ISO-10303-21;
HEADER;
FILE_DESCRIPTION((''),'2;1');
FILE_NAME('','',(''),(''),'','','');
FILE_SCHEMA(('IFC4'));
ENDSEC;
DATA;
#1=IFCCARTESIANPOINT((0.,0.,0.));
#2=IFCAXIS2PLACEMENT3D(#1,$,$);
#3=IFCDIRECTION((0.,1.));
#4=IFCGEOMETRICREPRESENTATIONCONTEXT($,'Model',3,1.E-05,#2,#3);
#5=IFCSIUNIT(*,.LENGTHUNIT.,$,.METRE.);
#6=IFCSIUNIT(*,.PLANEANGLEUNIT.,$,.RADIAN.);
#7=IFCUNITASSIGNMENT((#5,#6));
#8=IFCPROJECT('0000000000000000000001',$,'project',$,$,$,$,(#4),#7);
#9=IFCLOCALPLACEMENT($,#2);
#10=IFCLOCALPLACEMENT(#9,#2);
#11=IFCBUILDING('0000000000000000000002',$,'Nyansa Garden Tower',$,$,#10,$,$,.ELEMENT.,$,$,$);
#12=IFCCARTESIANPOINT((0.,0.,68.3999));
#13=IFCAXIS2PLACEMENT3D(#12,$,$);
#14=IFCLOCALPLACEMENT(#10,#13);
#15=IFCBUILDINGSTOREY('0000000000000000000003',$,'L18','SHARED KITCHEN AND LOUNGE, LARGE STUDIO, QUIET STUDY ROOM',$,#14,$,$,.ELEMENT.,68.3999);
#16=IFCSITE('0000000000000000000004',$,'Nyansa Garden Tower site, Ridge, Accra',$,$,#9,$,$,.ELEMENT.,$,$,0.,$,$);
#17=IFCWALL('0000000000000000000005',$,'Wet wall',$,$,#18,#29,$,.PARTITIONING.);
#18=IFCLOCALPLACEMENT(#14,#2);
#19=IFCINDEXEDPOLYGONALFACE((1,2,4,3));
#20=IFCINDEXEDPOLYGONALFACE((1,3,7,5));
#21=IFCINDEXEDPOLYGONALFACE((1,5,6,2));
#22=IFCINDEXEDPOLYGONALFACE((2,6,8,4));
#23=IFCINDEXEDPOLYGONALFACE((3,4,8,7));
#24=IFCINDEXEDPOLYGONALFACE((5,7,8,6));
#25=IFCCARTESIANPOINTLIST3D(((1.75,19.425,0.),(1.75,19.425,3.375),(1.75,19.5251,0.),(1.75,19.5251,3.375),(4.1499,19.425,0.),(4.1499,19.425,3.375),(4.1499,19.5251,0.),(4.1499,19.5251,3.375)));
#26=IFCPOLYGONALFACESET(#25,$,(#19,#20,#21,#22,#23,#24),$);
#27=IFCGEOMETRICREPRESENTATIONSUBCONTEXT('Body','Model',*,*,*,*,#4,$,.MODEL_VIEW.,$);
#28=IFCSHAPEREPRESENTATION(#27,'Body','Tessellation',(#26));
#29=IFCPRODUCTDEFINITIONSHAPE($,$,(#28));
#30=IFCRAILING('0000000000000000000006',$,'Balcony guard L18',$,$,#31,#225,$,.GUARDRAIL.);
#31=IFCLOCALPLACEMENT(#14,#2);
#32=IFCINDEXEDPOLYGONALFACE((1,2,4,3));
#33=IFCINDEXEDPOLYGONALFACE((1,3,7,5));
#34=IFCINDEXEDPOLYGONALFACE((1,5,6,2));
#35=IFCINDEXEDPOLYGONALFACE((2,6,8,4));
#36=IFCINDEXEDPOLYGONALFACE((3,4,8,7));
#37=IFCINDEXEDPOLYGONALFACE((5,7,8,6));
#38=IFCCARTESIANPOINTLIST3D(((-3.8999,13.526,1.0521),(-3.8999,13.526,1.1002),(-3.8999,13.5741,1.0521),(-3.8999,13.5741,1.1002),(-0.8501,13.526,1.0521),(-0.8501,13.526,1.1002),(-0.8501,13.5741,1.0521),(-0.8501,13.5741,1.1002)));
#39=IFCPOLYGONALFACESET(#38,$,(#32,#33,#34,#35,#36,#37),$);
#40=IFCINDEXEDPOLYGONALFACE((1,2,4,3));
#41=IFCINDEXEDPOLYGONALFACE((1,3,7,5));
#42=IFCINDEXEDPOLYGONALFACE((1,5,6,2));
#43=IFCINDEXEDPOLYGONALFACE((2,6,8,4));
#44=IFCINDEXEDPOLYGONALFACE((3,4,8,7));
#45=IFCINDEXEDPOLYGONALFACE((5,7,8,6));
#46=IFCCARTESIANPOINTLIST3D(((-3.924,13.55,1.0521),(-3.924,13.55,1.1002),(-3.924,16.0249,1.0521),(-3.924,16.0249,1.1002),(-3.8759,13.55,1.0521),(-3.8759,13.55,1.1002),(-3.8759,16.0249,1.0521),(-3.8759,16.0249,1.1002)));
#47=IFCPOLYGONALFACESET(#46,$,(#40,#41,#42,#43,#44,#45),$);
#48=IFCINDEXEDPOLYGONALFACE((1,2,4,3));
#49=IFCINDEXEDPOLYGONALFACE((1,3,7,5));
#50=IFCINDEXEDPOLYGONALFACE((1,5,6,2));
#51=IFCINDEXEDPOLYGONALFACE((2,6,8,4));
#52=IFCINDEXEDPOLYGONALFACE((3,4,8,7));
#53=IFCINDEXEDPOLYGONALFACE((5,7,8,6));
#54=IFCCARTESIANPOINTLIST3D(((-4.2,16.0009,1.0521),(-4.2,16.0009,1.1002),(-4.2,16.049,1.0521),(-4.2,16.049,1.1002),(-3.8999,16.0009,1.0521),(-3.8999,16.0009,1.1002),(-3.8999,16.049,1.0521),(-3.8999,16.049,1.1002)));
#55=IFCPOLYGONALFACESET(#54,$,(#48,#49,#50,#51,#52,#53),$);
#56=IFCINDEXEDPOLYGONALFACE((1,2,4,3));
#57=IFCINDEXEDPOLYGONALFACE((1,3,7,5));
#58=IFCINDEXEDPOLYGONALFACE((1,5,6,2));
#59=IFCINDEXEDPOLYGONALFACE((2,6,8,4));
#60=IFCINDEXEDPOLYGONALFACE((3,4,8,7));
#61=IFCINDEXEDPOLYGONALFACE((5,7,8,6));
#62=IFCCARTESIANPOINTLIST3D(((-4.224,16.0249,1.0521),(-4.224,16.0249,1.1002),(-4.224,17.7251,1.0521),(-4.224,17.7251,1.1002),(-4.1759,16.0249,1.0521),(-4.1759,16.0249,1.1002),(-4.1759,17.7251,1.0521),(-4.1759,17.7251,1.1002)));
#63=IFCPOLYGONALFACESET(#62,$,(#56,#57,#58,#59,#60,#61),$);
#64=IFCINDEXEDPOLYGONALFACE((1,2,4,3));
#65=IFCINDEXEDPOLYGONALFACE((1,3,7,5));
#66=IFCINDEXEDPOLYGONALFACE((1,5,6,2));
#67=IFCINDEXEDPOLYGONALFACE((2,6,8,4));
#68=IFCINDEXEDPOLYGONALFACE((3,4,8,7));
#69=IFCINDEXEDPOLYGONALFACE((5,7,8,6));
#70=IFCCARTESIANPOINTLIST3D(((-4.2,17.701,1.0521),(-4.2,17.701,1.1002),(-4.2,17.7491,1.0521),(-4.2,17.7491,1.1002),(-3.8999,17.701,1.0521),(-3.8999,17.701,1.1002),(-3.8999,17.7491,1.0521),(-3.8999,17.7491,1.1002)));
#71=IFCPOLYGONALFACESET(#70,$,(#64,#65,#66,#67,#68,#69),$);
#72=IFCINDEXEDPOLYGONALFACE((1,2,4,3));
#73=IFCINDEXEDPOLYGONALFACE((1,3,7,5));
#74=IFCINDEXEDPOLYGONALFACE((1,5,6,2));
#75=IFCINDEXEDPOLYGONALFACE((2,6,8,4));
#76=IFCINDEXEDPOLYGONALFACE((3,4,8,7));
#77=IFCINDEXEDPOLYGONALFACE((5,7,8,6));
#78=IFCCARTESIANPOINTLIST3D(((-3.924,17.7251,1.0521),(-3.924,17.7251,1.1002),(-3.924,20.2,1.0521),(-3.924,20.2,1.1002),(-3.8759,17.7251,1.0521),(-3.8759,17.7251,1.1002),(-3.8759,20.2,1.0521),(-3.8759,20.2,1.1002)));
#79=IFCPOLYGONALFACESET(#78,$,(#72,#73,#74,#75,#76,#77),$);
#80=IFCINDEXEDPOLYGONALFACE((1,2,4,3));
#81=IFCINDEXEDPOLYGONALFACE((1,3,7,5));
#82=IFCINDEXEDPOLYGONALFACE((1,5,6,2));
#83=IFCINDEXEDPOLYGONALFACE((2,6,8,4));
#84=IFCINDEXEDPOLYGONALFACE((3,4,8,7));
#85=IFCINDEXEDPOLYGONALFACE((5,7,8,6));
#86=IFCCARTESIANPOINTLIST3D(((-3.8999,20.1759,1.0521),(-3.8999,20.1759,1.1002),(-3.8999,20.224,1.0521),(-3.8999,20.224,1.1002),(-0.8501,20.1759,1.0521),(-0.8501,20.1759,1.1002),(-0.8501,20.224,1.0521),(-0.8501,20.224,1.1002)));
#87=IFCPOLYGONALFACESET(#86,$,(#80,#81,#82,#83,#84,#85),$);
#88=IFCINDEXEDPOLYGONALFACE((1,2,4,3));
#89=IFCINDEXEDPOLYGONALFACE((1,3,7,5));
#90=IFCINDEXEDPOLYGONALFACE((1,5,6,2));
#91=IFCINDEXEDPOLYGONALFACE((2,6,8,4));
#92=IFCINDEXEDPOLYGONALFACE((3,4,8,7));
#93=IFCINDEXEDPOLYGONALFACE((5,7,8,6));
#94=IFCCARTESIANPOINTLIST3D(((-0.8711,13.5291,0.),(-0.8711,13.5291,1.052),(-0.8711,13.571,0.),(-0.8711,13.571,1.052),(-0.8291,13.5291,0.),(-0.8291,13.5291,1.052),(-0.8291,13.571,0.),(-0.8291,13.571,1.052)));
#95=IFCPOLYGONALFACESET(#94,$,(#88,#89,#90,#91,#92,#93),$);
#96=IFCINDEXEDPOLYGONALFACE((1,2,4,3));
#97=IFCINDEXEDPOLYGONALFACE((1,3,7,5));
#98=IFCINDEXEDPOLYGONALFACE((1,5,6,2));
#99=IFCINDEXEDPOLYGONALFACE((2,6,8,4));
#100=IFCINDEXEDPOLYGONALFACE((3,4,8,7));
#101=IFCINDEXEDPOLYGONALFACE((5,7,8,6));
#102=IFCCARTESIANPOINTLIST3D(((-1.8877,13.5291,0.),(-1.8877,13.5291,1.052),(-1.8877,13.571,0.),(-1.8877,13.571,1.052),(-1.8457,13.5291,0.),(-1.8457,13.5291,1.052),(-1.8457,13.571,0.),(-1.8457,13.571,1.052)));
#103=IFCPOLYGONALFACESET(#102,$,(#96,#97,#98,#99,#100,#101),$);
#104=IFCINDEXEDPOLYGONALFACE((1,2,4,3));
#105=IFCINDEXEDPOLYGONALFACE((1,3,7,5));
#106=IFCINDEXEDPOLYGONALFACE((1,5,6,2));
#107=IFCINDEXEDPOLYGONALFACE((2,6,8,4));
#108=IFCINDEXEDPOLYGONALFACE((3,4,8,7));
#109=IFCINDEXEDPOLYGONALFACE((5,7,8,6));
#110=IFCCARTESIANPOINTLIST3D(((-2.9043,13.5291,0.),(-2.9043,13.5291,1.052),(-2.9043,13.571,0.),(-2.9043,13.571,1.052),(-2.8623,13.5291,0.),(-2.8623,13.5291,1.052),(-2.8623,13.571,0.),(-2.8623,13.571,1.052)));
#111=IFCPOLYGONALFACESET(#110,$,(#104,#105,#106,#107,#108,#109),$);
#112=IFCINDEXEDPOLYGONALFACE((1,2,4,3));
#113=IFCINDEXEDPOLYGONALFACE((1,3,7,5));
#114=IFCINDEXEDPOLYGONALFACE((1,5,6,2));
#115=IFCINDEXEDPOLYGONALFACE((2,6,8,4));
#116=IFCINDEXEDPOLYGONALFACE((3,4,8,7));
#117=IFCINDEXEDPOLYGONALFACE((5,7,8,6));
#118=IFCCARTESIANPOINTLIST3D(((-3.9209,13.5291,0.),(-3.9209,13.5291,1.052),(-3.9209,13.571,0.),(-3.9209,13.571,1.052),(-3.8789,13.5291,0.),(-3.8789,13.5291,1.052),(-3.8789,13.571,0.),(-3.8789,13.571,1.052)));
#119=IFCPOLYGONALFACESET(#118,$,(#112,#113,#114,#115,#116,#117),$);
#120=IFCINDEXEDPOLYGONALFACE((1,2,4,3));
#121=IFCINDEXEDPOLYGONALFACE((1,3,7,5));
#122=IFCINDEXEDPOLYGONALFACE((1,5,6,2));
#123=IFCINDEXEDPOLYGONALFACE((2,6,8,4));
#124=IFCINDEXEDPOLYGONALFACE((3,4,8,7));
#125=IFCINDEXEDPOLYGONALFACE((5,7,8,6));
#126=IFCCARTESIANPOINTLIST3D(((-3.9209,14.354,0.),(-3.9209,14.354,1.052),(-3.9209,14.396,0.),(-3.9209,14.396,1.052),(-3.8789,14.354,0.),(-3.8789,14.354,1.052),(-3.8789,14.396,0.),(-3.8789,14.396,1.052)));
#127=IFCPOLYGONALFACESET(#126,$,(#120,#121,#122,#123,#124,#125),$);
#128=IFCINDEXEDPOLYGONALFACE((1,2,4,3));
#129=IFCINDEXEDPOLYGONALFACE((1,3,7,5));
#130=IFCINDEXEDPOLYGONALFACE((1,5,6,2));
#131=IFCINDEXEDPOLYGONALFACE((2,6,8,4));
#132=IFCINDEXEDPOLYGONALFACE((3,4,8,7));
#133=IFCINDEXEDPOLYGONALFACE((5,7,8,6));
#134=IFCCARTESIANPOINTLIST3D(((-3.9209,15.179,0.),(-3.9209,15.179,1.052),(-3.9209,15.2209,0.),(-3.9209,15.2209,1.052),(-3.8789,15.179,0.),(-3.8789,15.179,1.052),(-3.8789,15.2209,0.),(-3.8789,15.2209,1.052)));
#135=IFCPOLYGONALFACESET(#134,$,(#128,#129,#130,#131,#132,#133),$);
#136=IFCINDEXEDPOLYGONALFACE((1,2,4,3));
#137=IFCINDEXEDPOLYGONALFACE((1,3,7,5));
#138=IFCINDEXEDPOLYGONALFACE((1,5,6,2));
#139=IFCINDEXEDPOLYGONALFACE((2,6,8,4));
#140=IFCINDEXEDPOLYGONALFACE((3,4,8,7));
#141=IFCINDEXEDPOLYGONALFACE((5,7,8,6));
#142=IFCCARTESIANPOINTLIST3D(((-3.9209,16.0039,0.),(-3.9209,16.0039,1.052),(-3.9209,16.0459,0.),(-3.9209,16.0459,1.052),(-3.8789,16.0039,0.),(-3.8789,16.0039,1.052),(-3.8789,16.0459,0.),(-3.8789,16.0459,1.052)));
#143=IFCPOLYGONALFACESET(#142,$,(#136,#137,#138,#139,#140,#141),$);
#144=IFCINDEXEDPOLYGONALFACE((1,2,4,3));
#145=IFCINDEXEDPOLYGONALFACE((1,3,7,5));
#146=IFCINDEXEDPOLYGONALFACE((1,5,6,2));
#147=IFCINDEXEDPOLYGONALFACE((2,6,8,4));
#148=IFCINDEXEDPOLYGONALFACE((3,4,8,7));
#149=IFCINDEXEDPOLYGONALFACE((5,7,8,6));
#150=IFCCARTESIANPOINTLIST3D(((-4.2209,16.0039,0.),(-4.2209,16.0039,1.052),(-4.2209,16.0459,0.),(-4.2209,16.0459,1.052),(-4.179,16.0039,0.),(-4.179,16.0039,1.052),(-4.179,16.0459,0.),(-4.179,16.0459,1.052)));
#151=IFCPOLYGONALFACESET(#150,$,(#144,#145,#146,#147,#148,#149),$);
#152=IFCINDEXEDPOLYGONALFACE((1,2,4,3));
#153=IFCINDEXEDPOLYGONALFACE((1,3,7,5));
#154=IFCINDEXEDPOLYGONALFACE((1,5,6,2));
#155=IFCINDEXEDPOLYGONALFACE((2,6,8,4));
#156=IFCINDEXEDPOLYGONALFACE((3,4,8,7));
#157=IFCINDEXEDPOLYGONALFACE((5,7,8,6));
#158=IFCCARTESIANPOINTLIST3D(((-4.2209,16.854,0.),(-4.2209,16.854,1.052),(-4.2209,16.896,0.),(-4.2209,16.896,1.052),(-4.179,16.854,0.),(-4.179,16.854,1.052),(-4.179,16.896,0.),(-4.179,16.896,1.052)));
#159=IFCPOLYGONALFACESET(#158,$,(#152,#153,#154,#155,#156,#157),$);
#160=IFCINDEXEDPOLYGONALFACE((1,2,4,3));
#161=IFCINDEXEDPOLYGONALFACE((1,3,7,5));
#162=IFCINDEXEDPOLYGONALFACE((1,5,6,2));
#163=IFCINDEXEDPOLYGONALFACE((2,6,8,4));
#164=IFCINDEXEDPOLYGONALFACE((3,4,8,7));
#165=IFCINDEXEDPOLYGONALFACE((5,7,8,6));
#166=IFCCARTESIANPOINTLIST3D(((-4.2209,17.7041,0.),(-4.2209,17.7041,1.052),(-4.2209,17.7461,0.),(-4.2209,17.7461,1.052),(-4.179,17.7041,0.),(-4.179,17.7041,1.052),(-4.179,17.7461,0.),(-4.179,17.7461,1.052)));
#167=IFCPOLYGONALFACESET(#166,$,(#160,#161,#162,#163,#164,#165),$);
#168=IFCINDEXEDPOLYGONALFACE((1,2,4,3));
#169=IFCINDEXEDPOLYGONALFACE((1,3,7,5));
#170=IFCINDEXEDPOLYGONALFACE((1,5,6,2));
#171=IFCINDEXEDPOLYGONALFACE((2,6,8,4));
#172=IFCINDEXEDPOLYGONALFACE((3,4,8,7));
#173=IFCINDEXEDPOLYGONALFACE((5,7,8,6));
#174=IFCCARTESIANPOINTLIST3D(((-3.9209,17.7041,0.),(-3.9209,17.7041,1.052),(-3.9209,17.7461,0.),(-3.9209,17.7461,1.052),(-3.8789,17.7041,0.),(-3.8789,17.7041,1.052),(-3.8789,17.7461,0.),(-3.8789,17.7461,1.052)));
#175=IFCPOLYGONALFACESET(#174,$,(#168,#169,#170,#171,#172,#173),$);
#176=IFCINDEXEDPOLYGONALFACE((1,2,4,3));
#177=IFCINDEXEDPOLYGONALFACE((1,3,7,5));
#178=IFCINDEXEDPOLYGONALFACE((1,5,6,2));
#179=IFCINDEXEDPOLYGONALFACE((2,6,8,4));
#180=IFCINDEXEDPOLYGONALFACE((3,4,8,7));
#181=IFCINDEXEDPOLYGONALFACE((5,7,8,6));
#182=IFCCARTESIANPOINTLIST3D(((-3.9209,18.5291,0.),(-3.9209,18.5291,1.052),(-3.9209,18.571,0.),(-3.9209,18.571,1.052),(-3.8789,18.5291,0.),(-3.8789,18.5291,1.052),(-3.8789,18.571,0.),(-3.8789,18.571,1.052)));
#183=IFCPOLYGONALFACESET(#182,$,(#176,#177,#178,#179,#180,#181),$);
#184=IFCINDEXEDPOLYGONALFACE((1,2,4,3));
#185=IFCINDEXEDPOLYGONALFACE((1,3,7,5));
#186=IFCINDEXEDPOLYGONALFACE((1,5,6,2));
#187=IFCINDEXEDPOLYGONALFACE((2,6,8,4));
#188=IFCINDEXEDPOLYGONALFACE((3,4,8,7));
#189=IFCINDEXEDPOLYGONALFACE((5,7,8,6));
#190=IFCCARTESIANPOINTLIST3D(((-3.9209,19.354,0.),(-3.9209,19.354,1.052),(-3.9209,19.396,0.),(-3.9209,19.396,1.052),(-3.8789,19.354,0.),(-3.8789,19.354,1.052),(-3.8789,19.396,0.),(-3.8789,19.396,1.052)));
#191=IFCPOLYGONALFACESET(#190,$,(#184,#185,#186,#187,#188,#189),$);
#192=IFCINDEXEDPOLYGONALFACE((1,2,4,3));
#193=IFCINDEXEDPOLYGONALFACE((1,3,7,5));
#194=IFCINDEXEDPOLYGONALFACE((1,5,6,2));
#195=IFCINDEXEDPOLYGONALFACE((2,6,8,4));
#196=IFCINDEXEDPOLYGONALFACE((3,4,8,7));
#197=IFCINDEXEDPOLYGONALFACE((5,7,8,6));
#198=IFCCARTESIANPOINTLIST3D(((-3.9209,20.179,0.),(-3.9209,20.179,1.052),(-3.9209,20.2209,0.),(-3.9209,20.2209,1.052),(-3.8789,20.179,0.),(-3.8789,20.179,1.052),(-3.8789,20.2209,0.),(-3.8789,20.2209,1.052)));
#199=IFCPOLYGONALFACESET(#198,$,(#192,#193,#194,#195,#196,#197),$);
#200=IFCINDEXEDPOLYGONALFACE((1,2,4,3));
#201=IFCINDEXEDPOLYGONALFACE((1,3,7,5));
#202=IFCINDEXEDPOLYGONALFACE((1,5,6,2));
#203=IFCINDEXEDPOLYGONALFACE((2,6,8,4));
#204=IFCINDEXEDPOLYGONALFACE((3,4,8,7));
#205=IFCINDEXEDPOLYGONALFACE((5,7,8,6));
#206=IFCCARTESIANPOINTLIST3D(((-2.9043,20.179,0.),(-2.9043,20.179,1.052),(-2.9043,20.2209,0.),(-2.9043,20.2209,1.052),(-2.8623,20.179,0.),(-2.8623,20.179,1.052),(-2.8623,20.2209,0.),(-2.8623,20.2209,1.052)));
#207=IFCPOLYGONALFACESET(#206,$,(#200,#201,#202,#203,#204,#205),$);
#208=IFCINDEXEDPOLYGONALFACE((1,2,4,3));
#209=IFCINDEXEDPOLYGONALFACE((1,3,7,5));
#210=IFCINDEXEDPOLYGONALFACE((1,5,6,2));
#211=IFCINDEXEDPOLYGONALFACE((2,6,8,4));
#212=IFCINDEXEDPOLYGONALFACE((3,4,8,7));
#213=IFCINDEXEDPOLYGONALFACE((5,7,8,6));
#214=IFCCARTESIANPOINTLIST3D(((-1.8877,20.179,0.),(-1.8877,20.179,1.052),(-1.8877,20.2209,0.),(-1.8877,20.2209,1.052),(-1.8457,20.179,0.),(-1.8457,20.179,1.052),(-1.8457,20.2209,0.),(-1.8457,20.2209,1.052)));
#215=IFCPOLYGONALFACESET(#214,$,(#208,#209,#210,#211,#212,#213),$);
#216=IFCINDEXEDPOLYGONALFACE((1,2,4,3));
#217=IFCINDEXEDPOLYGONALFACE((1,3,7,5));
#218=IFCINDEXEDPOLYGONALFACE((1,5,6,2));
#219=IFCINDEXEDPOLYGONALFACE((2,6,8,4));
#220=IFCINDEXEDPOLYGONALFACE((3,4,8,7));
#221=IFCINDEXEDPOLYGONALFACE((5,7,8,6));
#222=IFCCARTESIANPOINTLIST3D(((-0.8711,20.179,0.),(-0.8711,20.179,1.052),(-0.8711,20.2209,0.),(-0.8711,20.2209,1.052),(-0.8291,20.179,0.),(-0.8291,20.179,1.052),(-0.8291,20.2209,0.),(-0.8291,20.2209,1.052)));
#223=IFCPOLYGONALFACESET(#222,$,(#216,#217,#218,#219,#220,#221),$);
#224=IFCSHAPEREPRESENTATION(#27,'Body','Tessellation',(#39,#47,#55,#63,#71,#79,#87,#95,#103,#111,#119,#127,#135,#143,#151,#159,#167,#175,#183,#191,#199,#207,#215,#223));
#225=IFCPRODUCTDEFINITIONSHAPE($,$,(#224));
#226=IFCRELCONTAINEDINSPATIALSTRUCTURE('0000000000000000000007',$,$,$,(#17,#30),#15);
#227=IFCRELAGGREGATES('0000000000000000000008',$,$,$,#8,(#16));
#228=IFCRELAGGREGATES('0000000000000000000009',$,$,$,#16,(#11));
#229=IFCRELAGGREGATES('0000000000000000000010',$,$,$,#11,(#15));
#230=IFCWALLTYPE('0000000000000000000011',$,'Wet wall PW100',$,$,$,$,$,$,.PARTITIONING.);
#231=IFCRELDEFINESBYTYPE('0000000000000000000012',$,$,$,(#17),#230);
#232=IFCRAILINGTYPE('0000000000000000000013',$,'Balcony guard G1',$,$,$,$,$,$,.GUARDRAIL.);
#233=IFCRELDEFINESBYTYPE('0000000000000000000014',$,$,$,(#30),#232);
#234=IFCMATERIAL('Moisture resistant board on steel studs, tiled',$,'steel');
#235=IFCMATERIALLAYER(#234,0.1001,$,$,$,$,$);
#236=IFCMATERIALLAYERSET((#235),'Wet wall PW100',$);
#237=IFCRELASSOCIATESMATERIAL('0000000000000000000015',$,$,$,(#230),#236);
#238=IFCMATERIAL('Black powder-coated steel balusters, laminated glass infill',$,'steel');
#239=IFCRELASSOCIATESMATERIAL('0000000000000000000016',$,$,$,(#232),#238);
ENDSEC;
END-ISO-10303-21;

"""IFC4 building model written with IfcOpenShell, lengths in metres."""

from ifc_helpers import new_model, si_unit, direction, frame, frame_2d, origin, origin_2d, place, context, subcontext, project, spatial, rectangle, extrude, material, layer, layer_set, type_object, element, save


model = new_model("IFC4")

# Units and contexts
model_context = context("Model", 3, precision=1e-05, world=origin(), true_north=direction((0.0, 1.0)))
body_context = subcontext(model_context, "Body", "Model", "MODEL_VIEW")
ifc_project = project(units=[si_unit("LENGTHUNIT", "METRE"), si_unit("PLANEANGLEUNIT", "RADIAN")], contexts=[model_context])

# Site, building, storey
site_placement = place(None, origin())
site = spatial("IfcSite", under=ifc_project, at=site_placement, Name="Nyansa Garden Tower site, Ridge, Accra", CompositionType="ELEMENT", RefElevation=0.0)
building_placement = place(site_placement, origin())
building = spatial("IfcBuilding", under=site, at=building_placement, Name="Nyansa Garden Tower", CompositionType="ELEMENT")
storey_placement = place(building_placement, frame((0.0, 0.0, 68.3999)))
storey = spatial("IfcBuildingStorey", under=building, at=storey_placement, Name="L18", Description="SHARED KITCHEN AND LOUNGE, LARGE STUDIO, QUIET STUDY ROOM", CompositionType="ELEMENT", Elevation=68.3999)

# Wall
ifc_material_1 = material(Name="Moisture resistant board on steel studs, tiled", Category="steel")
ifc_layer_1 = layer(ifc_material_1, 0.1001)
ifc_layer_set_1 = layer_set([ifc_layer_1], Name="Wet wall PW100")
wall_type_1 = type_object("IfcWallType", Name="Wet wall PW100", PredefinedType="PARTITIONING", material=ifc_layer_set_1)
wall_1_placement = place(storey_placement, frame((1.75, 19.4751, 0.0), z_axis=(0.0, 0.0, 1.0), x_axis=(1.0, 0.0, 0.0)))
element("IfcWall", 1, at=wall_1_placement, inside=storey, type_object=wall_type_1, Name="Wet wall", PredefinedType="PARTITIONING", context=body_context, shape_type="SweptSolid", body=[
    extrude(rectangle(XDim=2.3999, YDim=0.1001, at=frame_2d((1.2, 0.0))), origin(), (0.0, 0.0, 1.0), 3.375),
])

# Railing
ifc_material_2 = material(Name="Black powder-coated steel balusters, laminated glass infill", Category="steel")
railing_type = type_object("IfcRailingType", Name="Balcony guard G1", PredefinedType="GUARDRAIL", material=ifc_material_2)
railing_placement = place(storey_placement, frame((-0.8501, 13.55, 0.0)))
element("IfcRailing", 2, at=railing_placement, inside=storey, type_object=railing_type, Name="Balcony guard L18", PredefinedType="GUARDRAIL", context=body_context, shape_type="SweptSolid", body=[
    extrude(rectangle(XDim=0.0481, YDim=0.0481, at=origin_2d()), frame((0.0, 0.0, 1.0762), z_axis=(-1.0, 0.0, 0.0), x_axis=(0.0, -1.0, 0.0)), (0.0, 0.0, 1.0), 3.0498),
    extrude(rectangle(XDim=0.0481, YDim=0.0481, at=origin_2d()), frame((-3.0498, 0.0, 1.0762), z_axis=(0.0, 1.0, 0.0), x_axis=(-1.0, 0.0, 0.0)), (0.0, 0.0, 1.0), 2.4749),
    extrude(rectangle(XDim=0.0481, YDim=0.0481, at=origin_2d()), frame((-3.0498, 2.4749, 1.0762), z_axis=(-1.0, 0.0, 0.0), x_axis=(0.0, -1.0, 0.0)), (0.0, 0.0, 1.0), 0.3),
    extrude(rectangle(XDim=0.0481, YDim=0.0481, at=origin_2d()), frame((-3.3499, 2.4749, 1.0762), z_axis=(0.0, 1.0, 0.0), x_axis=(-1.0, 0.0, 0.0)), (0.0, 0.0, 1.0), 1.7002),
    extrude(rectangle(XDim=0.0481, YDim=0.0481, at=origin_2d()), frame((-3.3499, 4.175, 1.0762), z_axis=(1.0, 0.0, 0.0), x_axis=(0.0, 1.0, 0.0)), (0.0, 0.0, 1.0), 0.3),
    extrude(rectangle(XDim=0.0481, YDim=0.0481, at=origin_2d()), frame((-3.0498, 4.175, 1.0762), z_axis=(0.0, 1.0, 0.0), x_axis=(-1.0, 0.0, 0.0)), (0.0, 0.0, 1.0), 2.4749),
    extrude(rectangle(XDim=0.0481, YDim=0.0481, at=origin_2d()), frame((-3.0498, 6.6499, 1.0762), z_axis=(1.0, 0.0, 0.0), x_axis=(0.0, 1.0, 0.0)), (0.0, 0.0, 1.0), 3.0498),
    extrude(rectangle(XDim=0.042, YDim=0.042, at=origin_2d()), origin(), (0.0, 0.0, 1.0), 1.052),
    extrude(rectangle(XDim=0.042, YDim=0.042, at=origin_2d()), frame((-1.0166, 0.0, 0.0)), (0.0, 0.0, 1.0), 1.052),
    extrude(rectangle(XDim=0.042, YDim=0.042, at=origin_2d()), frame((-2.0332, 0.0, 0.0)), (0.0, 0.0, 1.0), 1.052),
    extrude(rectangle(XDim=0.042, YDim=0.042, at=origin_2d()), frame((-3.0498, 0.0, 0.0)), (0.0, 0.0, 1.0), 1.052),
    extrude(rectangle(XDim=0.042, YDim=0.042, at=origin_2d()), frame((-3.0498, 0.825, 0.0)), (0.0, 0.0, 1.0), 1.052),
    extrude(rectangle(XDim=0.042, YDim=0.042, at=origin_2d()), frame((-3.0498, 1.6499, 0.0)), (0.0, 0.0, 1.0), 1.052),
    extrude(rectangle(XDim=0.042, YDim=0.042, at=origin_2d()), frame((-3.0498, 2.4749, 0.0)), (0.0, 0.0, 1.0), 1.052),
    extrude(rectangle(XDim=0.042, YDim=0.042, at=origin_2d()), frame((-3.3499, 2.4749, 0.0)), (0.0, 0.0, 1.0), 1.052),
    extrude(rectangle(XDim=0.042, YDim=0.042, at=origin_2d()), frame((-3.3499, 3.325, 0.0)), (0.0, 0.0, 1.0), 1.052),
    extrude(rectangle(XDim=0.042, YDim=0.042, at=origin_2d()), frame((-3.3499, 4.175, 0.0)), (0.0, 0.0, 1.0), 1.052),
    extrude(rectangle(XDim=0.042, YDim=0.042, at=origin_2d()), frame((-3.0498, 4.175, 0.0)), (0.0, 0.0, 1.0), 1.052),
    extrude(rectangle(XDim=0.042, YDim=0.042, at=origin_2d()), frame((-3.0498, 5.0, 0.0)), (0.0, 0.0, 1.0), 1.052),
    extrude(rectangle(XDim=0.042, YDim=0.042, at=origin_2d()), frame((-3.0498, 5.825, 0.0)), (0.0, 0.0, 1.0), 1.052),
    extrude(rectangle(XDim=0.042, YDim=0.042, at=origin_2d()), frame((-3.0498, 6.6499, 0.0)), (0.0, 0.0, 1.0), 1.052),
    extrude(rectangle(XDim=0.042, YDim=0.042, at=origin_2d()), frame((-2.0332, 6.6499, 0.0)), (0.0, 0.0, 1.0), 1.052),
    extrude(rectangle(XDim=0.042, YDim=0.042, at=origin_2d()), frame((-1.0166, 6.6499, 0.0)), (0.0, 0.0, 1.0), 1.052),
    extrude(rectangle(XDim=0.042, YDim=0.042, at=origin_2d()), frame((0.0, 6.6499, 0.0)), (0.0, 0.0, 1.0), 1.052),
])

save(model, "model.ifc")
